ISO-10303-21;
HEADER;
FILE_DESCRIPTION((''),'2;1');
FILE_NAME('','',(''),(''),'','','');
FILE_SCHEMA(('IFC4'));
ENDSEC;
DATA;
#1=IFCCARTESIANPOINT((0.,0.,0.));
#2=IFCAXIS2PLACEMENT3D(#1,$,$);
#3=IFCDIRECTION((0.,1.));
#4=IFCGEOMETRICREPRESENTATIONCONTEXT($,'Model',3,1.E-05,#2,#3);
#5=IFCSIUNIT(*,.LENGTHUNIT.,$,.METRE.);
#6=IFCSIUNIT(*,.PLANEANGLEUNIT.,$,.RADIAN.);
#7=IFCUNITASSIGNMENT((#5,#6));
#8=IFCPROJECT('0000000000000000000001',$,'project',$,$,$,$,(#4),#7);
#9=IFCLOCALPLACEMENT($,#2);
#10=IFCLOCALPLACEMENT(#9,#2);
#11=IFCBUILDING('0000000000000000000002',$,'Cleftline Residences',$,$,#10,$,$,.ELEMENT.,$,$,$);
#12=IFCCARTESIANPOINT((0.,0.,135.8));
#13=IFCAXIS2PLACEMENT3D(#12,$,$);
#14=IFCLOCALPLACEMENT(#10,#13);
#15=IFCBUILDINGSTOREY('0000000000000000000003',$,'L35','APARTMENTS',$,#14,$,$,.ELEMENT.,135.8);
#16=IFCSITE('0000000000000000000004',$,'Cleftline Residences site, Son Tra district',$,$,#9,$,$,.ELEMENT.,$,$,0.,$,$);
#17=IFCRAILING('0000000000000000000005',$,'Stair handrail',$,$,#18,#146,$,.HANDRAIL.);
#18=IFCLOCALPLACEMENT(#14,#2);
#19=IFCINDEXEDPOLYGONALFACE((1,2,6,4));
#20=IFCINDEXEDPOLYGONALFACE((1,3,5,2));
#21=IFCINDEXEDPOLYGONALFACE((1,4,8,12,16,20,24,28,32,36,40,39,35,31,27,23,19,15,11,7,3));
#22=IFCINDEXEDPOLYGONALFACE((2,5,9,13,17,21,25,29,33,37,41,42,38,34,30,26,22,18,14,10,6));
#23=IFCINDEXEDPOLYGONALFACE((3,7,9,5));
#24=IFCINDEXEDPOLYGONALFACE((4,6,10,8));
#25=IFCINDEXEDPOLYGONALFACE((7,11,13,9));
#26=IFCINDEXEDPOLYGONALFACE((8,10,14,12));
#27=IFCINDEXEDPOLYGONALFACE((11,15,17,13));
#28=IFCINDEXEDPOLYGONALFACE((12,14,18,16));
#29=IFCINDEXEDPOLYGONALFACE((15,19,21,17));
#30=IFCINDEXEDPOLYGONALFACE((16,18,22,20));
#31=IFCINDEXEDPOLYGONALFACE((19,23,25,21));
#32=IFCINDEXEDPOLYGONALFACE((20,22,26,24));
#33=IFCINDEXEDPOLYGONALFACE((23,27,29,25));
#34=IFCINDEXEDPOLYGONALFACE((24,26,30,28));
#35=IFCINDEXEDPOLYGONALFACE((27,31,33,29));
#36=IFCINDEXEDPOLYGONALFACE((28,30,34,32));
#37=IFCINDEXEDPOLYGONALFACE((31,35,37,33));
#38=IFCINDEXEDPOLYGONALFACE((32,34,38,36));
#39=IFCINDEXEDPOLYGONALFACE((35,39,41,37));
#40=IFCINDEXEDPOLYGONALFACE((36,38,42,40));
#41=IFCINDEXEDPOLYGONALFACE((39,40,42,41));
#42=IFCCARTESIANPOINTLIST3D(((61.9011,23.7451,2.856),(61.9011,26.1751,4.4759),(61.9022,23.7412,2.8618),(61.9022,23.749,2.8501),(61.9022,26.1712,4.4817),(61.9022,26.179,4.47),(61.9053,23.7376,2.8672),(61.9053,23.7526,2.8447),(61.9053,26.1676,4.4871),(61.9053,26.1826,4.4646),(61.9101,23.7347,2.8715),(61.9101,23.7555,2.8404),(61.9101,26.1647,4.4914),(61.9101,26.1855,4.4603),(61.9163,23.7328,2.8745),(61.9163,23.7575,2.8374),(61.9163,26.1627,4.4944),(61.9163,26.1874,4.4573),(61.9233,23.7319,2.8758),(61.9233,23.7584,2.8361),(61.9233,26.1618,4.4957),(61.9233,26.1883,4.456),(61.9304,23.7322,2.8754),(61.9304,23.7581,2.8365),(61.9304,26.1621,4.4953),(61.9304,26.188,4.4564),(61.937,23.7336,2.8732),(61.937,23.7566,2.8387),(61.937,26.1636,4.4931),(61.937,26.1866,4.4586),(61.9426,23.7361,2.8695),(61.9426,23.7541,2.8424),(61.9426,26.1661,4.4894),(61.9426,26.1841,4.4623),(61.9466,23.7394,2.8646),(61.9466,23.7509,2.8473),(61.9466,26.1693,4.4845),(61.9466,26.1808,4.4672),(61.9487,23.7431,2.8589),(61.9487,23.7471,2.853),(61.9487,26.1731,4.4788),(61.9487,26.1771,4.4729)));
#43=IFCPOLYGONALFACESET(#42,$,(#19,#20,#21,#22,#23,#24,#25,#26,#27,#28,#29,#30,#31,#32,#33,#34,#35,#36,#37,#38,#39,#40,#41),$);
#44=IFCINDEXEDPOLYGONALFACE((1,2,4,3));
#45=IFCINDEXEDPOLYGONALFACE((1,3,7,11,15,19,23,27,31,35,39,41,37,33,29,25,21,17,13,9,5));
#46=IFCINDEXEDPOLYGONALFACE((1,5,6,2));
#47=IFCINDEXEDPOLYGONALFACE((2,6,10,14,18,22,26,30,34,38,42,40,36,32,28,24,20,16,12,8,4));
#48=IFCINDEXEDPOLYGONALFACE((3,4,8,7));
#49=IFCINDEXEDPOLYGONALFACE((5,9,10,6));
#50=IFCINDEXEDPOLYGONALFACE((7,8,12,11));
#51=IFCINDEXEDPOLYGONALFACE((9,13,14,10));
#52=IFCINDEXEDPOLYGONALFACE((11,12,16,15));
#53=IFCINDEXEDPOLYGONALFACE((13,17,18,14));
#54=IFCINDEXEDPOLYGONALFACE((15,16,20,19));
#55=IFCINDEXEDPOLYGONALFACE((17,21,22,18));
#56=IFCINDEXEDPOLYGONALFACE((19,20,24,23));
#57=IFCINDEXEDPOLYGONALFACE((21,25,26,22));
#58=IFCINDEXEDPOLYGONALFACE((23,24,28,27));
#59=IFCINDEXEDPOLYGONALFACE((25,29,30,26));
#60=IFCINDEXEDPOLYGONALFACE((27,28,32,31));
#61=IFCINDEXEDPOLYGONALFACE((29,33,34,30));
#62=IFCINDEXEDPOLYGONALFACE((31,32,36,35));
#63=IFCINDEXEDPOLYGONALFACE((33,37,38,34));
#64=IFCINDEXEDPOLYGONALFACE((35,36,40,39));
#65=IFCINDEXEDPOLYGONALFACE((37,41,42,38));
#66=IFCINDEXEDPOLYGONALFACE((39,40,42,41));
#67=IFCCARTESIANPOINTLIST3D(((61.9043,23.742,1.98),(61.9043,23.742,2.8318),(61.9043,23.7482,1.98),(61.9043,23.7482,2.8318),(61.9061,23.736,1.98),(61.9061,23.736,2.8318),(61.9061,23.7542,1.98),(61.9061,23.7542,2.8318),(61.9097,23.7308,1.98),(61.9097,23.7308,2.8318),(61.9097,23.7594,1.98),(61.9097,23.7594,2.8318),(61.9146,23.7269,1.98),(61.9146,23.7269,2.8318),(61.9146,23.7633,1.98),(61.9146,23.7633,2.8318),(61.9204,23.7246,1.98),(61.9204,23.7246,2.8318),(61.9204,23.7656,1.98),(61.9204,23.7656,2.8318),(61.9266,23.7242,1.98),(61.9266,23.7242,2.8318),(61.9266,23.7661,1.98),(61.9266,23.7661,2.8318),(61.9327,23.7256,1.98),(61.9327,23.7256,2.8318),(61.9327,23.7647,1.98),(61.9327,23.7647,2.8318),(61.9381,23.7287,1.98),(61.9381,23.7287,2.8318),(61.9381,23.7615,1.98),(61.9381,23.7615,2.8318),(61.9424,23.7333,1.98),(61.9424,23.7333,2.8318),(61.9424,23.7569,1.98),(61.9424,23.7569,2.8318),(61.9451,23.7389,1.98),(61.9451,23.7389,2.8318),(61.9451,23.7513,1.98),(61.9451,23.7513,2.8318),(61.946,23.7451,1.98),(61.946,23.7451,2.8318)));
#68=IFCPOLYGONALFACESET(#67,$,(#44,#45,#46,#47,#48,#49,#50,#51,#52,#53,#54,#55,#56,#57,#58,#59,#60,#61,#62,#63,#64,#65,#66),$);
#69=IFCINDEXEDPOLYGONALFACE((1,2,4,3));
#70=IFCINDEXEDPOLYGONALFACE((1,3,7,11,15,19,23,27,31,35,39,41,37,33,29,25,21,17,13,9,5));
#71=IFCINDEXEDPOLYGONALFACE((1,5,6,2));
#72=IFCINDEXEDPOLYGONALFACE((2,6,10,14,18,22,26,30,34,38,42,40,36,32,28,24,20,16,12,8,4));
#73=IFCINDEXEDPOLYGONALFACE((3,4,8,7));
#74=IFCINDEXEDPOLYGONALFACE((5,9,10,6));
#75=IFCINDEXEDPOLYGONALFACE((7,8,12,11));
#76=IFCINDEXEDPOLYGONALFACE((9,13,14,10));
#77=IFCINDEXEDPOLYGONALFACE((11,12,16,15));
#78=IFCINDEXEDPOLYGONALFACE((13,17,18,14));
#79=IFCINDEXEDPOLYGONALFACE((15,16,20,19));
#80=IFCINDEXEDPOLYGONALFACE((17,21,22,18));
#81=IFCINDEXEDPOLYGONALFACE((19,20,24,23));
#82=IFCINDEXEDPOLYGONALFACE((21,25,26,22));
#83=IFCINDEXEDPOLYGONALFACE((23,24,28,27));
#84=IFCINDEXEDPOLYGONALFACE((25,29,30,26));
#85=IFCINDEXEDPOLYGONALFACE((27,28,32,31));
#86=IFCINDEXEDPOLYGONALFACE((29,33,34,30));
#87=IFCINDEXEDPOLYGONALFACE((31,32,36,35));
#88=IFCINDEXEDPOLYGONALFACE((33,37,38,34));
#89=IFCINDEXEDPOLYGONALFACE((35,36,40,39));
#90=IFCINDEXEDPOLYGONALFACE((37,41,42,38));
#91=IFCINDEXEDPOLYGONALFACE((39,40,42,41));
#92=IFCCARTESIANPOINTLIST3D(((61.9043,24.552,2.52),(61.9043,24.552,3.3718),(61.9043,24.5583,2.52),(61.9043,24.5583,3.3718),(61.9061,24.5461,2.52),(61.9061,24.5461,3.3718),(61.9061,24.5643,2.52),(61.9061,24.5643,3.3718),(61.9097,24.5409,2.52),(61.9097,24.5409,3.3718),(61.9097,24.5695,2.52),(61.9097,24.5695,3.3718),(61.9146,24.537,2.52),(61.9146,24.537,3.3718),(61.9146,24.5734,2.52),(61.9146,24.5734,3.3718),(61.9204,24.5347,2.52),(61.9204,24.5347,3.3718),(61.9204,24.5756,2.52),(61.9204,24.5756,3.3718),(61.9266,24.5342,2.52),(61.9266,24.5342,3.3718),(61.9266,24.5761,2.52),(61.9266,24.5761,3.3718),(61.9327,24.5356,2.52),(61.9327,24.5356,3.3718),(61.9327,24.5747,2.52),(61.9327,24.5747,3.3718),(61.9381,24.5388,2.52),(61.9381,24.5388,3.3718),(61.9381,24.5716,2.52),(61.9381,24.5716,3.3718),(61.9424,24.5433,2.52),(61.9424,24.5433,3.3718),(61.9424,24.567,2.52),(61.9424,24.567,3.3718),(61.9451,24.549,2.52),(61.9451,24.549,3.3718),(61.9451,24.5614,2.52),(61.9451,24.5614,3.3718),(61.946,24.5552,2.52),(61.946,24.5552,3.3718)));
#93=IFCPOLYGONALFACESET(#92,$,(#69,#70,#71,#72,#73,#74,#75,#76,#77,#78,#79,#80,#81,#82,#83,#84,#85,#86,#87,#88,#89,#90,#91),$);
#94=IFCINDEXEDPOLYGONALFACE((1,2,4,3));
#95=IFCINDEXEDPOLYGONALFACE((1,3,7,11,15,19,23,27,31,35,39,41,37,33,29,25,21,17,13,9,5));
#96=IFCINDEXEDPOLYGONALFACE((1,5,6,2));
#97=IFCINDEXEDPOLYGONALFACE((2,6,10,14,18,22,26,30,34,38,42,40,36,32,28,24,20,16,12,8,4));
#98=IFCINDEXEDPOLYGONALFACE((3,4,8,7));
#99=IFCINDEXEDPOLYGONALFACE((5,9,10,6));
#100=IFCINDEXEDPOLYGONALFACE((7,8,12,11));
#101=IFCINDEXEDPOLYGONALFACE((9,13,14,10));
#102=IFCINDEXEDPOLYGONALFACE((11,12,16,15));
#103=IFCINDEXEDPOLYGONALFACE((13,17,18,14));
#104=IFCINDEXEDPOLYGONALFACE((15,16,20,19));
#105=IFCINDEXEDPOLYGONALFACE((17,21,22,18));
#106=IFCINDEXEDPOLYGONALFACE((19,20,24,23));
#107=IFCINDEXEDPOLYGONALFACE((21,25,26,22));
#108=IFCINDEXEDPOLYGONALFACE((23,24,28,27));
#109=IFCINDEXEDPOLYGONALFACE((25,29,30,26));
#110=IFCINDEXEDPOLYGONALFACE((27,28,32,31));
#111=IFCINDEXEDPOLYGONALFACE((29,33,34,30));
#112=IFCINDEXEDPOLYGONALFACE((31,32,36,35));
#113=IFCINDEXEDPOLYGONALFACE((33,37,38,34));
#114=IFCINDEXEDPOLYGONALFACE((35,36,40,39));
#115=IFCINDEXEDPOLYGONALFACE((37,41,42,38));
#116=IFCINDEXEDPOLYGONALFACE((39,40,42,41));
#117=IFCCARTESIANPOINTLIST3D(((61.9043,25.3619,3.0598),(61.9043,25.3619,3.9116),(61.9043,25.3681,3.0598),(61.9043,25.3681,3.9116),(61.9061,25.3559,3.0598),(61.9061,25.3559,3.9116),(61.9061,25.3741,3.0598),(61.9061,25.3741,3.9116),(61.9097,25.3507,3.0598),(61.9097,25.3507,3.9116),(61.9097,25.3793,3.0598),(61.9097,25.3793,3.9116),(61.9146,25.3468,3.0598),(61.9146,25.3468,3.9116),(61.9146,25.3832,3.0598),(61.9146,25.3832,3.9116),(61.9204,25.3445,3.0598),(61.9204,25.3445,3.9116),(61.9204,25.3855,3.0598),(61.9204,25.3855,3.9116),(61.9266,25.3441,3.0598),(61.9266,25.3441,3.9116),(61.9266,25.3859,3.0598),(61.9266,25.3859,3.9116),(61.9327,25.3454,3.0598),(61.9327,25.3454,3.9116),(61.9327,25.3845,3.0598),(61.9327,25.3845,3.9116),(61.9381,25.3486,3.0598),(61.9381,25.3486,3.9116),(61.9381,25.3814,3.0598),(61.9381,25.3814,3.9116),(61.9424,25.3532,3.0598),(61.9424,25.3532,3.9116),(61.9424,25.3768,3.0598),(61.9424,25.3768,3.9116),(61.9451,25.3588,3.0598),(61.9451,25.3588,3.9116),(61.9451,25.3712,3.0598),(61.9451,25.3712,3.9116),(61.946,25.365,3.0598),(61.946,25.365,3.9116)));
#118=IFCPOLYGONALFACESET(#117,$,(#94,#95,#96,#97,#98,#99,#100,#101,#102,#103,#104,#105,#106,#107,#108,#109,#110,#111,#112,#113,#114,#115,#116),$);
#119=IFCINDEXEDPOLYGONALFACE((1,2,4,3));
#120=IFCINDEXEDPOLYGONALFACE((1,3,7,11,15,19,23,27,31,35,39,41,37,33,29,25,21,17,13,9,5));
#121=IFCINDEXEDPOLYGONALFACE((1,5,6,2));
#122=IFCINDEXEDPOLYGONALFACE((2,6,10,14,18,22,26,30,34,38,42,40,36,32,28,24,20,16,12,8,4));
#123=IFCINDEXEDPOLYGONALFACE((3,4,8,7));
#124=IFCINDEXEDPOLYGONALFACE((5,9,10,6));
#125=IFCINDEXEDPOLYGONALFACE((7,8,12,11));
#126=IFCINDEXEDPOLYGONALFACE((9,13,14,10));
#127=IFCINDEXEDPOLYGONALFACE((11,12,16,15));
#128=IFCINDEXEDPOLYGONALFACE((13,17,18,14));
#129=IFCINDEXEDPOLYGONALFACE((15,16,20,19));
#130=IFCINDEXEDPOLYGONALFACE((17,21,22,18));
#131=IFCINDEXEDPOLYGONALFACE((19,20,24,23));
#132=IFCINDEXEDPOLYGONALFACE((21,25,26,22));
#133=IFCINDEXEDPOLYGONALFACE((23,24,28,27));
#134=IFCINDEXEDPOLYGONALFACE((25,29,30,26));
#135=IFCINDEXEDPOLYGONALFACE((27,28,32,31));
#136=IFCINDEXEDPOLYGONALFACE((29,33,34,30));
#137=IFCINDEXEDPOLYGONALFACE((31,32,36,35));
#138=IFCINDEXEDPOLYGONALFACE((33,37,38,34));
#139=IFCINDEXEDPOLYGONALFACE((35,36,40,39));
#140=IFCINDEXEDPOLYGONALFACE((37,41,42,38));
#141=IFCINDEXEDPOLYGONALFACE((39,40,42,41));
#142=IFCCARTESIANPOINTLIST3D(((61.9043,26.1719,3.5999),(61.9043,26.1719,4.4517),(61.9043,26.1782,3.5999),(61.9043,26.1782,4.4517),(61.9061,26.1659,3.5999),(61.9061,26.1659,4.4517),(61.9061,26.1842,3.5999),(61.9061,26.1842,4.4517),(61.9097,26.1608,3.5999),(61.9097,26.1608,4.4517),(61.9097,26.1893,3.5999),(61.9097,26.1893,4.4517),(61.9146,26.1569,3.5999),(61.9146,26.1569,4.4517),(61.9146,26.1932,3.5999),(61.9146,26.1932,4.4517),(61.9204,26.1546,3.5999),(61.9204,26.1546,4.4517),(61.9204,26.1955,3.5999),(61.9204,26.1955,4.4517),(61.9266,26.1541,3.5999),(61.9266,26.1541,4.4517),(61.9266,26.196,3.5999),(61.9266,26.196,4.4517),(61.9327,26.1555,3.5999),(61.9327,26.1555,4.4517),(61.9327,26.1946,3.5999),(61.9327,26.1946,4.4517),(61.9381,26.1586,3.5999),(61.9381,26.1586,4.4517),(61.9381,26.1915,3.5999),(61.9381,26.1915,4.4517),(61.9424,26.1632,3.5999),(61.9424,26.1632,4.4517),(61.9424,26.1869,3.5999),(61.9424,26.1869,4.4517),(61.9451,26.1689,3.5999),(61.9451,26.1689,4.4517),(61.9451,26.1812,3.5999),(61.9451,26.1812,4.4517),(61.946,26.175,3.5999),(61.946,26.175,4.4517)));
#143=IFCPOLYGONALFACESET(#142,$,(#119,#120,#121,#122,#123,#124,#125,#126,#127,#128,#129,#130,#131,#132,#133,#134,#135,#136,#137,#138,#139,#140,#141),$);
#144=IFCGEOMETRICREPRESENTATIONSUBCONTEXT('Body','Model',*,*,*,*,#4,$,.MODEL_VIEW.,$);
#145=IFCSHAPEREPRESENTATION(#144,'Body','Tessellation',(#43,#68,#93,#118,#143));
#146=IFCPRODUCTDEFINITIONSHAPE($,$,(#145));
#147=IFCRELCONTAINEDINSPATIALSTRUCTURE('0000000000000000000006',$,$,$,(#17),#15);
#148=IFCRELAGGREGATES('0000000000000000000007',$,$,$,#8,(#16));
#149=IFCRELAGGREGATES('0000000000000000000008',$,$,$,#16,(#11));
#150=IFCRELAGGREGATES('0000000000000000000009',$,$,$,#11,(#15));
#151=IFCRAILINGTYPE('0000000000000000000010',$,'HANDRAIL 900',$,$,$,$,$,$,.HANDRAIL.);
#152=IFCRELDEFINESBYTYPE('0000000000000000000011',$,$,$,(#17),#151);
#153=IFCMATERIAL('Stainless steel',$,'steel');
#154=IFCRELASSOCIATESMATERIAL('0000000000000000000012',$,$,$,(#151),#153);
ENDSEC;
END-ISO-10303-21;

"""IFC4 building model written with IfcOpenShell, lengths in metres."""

from ifc_helpers import new_model, si_unit, direction, frame, origin, origin_2d, place, context, subcontext, project, spatial, circle, extrude, material, type_object, element, save


model = new_model("IFC4")

# Units and contexts
model_context = context("Model", 3, precision=1e-05, world=origin(), true_north=direction((0.0, 1.0)))
body_context = subcontext(model_context, "Body", "Model", "MODEL_VIEW")
ifc_project = project(units=[si_unit("LENGTHUNIT", "METRE"), si_unit("PLANEANGLEUNIT", "RADIAN")], contexts=[model_context])

# Site, building, storey
site_placement = place(None, origin())
site = spatial("IfcSite", under=ifc_project, at=site_placement, Name="Cleftline Residences site, Son Tra district", CompositionType="ELEMENT", RefElevation=0.0)
building_placement = place(site_placement, origin())
building = spatial("IfcBuilding", under=site, at=building_placement, Name="Cleftline Residences", CompositionType="ELEMENT")
storey_placement = place(building_placement, frame((0.0, 0.0, 135.8)))
storey = spatial("IfcBuildingStorey", under=building, at=storey_placement, Name="L35", Description="APARTMENTS", CompositionType="ELEMENT", Elevation=135.8)

# Railing
ifc_material_1 = material(Name="Stainless steel", Category="steel")
railing_type = type_object("IfcRailingType", Name="HANDRAIL 900", PredefinedType="HANDRAIL", material=ifc_material_1)
railing_placement = place(storey_placement, frame((61.925, 23.7451, 1.98)))
element("IfcRailing", 1, at=railing_placement, inside=storey, type_object=railing_type, Name="Stair handrail", PredefinedType="HANDRAIL", context=body_context, shape_type="SweptSolid", body=[
    extrude(circle(Radius=0.0239, at=origin_2d()), frame((0.0, 0.0, 0.876), z_axis=(0.0, 0.832063, 0.554681), x_axis=(-1.0, 0.0, 0.0)), (0.0, 0.0, 1.0), 2.9204),
    extrude(circle(Radius=0.021, at=origin_2d()), origin(), (0.0, 0.0, 1.0), 0.8518),
    extrude(circle(Radius=0.021, at=origin_2d()), frame((0.0, 0.8101, 0.54)), (0.0, 0.0, 1.0), 0.8518),
    extrude(circle(Radius=0.021, at=origin_2d()), frame((0.0, 1.6199, 1.0798)), (0.0, 0.0, 1.0), 0.8518),
    extrude(circle(Radius=0.021, at=origin_2d()), frame((0.0, 2.4299, 1.6199)), (0.0, 0.0, 1.0), 0.8518),
])

save(model, "model.ifc")
